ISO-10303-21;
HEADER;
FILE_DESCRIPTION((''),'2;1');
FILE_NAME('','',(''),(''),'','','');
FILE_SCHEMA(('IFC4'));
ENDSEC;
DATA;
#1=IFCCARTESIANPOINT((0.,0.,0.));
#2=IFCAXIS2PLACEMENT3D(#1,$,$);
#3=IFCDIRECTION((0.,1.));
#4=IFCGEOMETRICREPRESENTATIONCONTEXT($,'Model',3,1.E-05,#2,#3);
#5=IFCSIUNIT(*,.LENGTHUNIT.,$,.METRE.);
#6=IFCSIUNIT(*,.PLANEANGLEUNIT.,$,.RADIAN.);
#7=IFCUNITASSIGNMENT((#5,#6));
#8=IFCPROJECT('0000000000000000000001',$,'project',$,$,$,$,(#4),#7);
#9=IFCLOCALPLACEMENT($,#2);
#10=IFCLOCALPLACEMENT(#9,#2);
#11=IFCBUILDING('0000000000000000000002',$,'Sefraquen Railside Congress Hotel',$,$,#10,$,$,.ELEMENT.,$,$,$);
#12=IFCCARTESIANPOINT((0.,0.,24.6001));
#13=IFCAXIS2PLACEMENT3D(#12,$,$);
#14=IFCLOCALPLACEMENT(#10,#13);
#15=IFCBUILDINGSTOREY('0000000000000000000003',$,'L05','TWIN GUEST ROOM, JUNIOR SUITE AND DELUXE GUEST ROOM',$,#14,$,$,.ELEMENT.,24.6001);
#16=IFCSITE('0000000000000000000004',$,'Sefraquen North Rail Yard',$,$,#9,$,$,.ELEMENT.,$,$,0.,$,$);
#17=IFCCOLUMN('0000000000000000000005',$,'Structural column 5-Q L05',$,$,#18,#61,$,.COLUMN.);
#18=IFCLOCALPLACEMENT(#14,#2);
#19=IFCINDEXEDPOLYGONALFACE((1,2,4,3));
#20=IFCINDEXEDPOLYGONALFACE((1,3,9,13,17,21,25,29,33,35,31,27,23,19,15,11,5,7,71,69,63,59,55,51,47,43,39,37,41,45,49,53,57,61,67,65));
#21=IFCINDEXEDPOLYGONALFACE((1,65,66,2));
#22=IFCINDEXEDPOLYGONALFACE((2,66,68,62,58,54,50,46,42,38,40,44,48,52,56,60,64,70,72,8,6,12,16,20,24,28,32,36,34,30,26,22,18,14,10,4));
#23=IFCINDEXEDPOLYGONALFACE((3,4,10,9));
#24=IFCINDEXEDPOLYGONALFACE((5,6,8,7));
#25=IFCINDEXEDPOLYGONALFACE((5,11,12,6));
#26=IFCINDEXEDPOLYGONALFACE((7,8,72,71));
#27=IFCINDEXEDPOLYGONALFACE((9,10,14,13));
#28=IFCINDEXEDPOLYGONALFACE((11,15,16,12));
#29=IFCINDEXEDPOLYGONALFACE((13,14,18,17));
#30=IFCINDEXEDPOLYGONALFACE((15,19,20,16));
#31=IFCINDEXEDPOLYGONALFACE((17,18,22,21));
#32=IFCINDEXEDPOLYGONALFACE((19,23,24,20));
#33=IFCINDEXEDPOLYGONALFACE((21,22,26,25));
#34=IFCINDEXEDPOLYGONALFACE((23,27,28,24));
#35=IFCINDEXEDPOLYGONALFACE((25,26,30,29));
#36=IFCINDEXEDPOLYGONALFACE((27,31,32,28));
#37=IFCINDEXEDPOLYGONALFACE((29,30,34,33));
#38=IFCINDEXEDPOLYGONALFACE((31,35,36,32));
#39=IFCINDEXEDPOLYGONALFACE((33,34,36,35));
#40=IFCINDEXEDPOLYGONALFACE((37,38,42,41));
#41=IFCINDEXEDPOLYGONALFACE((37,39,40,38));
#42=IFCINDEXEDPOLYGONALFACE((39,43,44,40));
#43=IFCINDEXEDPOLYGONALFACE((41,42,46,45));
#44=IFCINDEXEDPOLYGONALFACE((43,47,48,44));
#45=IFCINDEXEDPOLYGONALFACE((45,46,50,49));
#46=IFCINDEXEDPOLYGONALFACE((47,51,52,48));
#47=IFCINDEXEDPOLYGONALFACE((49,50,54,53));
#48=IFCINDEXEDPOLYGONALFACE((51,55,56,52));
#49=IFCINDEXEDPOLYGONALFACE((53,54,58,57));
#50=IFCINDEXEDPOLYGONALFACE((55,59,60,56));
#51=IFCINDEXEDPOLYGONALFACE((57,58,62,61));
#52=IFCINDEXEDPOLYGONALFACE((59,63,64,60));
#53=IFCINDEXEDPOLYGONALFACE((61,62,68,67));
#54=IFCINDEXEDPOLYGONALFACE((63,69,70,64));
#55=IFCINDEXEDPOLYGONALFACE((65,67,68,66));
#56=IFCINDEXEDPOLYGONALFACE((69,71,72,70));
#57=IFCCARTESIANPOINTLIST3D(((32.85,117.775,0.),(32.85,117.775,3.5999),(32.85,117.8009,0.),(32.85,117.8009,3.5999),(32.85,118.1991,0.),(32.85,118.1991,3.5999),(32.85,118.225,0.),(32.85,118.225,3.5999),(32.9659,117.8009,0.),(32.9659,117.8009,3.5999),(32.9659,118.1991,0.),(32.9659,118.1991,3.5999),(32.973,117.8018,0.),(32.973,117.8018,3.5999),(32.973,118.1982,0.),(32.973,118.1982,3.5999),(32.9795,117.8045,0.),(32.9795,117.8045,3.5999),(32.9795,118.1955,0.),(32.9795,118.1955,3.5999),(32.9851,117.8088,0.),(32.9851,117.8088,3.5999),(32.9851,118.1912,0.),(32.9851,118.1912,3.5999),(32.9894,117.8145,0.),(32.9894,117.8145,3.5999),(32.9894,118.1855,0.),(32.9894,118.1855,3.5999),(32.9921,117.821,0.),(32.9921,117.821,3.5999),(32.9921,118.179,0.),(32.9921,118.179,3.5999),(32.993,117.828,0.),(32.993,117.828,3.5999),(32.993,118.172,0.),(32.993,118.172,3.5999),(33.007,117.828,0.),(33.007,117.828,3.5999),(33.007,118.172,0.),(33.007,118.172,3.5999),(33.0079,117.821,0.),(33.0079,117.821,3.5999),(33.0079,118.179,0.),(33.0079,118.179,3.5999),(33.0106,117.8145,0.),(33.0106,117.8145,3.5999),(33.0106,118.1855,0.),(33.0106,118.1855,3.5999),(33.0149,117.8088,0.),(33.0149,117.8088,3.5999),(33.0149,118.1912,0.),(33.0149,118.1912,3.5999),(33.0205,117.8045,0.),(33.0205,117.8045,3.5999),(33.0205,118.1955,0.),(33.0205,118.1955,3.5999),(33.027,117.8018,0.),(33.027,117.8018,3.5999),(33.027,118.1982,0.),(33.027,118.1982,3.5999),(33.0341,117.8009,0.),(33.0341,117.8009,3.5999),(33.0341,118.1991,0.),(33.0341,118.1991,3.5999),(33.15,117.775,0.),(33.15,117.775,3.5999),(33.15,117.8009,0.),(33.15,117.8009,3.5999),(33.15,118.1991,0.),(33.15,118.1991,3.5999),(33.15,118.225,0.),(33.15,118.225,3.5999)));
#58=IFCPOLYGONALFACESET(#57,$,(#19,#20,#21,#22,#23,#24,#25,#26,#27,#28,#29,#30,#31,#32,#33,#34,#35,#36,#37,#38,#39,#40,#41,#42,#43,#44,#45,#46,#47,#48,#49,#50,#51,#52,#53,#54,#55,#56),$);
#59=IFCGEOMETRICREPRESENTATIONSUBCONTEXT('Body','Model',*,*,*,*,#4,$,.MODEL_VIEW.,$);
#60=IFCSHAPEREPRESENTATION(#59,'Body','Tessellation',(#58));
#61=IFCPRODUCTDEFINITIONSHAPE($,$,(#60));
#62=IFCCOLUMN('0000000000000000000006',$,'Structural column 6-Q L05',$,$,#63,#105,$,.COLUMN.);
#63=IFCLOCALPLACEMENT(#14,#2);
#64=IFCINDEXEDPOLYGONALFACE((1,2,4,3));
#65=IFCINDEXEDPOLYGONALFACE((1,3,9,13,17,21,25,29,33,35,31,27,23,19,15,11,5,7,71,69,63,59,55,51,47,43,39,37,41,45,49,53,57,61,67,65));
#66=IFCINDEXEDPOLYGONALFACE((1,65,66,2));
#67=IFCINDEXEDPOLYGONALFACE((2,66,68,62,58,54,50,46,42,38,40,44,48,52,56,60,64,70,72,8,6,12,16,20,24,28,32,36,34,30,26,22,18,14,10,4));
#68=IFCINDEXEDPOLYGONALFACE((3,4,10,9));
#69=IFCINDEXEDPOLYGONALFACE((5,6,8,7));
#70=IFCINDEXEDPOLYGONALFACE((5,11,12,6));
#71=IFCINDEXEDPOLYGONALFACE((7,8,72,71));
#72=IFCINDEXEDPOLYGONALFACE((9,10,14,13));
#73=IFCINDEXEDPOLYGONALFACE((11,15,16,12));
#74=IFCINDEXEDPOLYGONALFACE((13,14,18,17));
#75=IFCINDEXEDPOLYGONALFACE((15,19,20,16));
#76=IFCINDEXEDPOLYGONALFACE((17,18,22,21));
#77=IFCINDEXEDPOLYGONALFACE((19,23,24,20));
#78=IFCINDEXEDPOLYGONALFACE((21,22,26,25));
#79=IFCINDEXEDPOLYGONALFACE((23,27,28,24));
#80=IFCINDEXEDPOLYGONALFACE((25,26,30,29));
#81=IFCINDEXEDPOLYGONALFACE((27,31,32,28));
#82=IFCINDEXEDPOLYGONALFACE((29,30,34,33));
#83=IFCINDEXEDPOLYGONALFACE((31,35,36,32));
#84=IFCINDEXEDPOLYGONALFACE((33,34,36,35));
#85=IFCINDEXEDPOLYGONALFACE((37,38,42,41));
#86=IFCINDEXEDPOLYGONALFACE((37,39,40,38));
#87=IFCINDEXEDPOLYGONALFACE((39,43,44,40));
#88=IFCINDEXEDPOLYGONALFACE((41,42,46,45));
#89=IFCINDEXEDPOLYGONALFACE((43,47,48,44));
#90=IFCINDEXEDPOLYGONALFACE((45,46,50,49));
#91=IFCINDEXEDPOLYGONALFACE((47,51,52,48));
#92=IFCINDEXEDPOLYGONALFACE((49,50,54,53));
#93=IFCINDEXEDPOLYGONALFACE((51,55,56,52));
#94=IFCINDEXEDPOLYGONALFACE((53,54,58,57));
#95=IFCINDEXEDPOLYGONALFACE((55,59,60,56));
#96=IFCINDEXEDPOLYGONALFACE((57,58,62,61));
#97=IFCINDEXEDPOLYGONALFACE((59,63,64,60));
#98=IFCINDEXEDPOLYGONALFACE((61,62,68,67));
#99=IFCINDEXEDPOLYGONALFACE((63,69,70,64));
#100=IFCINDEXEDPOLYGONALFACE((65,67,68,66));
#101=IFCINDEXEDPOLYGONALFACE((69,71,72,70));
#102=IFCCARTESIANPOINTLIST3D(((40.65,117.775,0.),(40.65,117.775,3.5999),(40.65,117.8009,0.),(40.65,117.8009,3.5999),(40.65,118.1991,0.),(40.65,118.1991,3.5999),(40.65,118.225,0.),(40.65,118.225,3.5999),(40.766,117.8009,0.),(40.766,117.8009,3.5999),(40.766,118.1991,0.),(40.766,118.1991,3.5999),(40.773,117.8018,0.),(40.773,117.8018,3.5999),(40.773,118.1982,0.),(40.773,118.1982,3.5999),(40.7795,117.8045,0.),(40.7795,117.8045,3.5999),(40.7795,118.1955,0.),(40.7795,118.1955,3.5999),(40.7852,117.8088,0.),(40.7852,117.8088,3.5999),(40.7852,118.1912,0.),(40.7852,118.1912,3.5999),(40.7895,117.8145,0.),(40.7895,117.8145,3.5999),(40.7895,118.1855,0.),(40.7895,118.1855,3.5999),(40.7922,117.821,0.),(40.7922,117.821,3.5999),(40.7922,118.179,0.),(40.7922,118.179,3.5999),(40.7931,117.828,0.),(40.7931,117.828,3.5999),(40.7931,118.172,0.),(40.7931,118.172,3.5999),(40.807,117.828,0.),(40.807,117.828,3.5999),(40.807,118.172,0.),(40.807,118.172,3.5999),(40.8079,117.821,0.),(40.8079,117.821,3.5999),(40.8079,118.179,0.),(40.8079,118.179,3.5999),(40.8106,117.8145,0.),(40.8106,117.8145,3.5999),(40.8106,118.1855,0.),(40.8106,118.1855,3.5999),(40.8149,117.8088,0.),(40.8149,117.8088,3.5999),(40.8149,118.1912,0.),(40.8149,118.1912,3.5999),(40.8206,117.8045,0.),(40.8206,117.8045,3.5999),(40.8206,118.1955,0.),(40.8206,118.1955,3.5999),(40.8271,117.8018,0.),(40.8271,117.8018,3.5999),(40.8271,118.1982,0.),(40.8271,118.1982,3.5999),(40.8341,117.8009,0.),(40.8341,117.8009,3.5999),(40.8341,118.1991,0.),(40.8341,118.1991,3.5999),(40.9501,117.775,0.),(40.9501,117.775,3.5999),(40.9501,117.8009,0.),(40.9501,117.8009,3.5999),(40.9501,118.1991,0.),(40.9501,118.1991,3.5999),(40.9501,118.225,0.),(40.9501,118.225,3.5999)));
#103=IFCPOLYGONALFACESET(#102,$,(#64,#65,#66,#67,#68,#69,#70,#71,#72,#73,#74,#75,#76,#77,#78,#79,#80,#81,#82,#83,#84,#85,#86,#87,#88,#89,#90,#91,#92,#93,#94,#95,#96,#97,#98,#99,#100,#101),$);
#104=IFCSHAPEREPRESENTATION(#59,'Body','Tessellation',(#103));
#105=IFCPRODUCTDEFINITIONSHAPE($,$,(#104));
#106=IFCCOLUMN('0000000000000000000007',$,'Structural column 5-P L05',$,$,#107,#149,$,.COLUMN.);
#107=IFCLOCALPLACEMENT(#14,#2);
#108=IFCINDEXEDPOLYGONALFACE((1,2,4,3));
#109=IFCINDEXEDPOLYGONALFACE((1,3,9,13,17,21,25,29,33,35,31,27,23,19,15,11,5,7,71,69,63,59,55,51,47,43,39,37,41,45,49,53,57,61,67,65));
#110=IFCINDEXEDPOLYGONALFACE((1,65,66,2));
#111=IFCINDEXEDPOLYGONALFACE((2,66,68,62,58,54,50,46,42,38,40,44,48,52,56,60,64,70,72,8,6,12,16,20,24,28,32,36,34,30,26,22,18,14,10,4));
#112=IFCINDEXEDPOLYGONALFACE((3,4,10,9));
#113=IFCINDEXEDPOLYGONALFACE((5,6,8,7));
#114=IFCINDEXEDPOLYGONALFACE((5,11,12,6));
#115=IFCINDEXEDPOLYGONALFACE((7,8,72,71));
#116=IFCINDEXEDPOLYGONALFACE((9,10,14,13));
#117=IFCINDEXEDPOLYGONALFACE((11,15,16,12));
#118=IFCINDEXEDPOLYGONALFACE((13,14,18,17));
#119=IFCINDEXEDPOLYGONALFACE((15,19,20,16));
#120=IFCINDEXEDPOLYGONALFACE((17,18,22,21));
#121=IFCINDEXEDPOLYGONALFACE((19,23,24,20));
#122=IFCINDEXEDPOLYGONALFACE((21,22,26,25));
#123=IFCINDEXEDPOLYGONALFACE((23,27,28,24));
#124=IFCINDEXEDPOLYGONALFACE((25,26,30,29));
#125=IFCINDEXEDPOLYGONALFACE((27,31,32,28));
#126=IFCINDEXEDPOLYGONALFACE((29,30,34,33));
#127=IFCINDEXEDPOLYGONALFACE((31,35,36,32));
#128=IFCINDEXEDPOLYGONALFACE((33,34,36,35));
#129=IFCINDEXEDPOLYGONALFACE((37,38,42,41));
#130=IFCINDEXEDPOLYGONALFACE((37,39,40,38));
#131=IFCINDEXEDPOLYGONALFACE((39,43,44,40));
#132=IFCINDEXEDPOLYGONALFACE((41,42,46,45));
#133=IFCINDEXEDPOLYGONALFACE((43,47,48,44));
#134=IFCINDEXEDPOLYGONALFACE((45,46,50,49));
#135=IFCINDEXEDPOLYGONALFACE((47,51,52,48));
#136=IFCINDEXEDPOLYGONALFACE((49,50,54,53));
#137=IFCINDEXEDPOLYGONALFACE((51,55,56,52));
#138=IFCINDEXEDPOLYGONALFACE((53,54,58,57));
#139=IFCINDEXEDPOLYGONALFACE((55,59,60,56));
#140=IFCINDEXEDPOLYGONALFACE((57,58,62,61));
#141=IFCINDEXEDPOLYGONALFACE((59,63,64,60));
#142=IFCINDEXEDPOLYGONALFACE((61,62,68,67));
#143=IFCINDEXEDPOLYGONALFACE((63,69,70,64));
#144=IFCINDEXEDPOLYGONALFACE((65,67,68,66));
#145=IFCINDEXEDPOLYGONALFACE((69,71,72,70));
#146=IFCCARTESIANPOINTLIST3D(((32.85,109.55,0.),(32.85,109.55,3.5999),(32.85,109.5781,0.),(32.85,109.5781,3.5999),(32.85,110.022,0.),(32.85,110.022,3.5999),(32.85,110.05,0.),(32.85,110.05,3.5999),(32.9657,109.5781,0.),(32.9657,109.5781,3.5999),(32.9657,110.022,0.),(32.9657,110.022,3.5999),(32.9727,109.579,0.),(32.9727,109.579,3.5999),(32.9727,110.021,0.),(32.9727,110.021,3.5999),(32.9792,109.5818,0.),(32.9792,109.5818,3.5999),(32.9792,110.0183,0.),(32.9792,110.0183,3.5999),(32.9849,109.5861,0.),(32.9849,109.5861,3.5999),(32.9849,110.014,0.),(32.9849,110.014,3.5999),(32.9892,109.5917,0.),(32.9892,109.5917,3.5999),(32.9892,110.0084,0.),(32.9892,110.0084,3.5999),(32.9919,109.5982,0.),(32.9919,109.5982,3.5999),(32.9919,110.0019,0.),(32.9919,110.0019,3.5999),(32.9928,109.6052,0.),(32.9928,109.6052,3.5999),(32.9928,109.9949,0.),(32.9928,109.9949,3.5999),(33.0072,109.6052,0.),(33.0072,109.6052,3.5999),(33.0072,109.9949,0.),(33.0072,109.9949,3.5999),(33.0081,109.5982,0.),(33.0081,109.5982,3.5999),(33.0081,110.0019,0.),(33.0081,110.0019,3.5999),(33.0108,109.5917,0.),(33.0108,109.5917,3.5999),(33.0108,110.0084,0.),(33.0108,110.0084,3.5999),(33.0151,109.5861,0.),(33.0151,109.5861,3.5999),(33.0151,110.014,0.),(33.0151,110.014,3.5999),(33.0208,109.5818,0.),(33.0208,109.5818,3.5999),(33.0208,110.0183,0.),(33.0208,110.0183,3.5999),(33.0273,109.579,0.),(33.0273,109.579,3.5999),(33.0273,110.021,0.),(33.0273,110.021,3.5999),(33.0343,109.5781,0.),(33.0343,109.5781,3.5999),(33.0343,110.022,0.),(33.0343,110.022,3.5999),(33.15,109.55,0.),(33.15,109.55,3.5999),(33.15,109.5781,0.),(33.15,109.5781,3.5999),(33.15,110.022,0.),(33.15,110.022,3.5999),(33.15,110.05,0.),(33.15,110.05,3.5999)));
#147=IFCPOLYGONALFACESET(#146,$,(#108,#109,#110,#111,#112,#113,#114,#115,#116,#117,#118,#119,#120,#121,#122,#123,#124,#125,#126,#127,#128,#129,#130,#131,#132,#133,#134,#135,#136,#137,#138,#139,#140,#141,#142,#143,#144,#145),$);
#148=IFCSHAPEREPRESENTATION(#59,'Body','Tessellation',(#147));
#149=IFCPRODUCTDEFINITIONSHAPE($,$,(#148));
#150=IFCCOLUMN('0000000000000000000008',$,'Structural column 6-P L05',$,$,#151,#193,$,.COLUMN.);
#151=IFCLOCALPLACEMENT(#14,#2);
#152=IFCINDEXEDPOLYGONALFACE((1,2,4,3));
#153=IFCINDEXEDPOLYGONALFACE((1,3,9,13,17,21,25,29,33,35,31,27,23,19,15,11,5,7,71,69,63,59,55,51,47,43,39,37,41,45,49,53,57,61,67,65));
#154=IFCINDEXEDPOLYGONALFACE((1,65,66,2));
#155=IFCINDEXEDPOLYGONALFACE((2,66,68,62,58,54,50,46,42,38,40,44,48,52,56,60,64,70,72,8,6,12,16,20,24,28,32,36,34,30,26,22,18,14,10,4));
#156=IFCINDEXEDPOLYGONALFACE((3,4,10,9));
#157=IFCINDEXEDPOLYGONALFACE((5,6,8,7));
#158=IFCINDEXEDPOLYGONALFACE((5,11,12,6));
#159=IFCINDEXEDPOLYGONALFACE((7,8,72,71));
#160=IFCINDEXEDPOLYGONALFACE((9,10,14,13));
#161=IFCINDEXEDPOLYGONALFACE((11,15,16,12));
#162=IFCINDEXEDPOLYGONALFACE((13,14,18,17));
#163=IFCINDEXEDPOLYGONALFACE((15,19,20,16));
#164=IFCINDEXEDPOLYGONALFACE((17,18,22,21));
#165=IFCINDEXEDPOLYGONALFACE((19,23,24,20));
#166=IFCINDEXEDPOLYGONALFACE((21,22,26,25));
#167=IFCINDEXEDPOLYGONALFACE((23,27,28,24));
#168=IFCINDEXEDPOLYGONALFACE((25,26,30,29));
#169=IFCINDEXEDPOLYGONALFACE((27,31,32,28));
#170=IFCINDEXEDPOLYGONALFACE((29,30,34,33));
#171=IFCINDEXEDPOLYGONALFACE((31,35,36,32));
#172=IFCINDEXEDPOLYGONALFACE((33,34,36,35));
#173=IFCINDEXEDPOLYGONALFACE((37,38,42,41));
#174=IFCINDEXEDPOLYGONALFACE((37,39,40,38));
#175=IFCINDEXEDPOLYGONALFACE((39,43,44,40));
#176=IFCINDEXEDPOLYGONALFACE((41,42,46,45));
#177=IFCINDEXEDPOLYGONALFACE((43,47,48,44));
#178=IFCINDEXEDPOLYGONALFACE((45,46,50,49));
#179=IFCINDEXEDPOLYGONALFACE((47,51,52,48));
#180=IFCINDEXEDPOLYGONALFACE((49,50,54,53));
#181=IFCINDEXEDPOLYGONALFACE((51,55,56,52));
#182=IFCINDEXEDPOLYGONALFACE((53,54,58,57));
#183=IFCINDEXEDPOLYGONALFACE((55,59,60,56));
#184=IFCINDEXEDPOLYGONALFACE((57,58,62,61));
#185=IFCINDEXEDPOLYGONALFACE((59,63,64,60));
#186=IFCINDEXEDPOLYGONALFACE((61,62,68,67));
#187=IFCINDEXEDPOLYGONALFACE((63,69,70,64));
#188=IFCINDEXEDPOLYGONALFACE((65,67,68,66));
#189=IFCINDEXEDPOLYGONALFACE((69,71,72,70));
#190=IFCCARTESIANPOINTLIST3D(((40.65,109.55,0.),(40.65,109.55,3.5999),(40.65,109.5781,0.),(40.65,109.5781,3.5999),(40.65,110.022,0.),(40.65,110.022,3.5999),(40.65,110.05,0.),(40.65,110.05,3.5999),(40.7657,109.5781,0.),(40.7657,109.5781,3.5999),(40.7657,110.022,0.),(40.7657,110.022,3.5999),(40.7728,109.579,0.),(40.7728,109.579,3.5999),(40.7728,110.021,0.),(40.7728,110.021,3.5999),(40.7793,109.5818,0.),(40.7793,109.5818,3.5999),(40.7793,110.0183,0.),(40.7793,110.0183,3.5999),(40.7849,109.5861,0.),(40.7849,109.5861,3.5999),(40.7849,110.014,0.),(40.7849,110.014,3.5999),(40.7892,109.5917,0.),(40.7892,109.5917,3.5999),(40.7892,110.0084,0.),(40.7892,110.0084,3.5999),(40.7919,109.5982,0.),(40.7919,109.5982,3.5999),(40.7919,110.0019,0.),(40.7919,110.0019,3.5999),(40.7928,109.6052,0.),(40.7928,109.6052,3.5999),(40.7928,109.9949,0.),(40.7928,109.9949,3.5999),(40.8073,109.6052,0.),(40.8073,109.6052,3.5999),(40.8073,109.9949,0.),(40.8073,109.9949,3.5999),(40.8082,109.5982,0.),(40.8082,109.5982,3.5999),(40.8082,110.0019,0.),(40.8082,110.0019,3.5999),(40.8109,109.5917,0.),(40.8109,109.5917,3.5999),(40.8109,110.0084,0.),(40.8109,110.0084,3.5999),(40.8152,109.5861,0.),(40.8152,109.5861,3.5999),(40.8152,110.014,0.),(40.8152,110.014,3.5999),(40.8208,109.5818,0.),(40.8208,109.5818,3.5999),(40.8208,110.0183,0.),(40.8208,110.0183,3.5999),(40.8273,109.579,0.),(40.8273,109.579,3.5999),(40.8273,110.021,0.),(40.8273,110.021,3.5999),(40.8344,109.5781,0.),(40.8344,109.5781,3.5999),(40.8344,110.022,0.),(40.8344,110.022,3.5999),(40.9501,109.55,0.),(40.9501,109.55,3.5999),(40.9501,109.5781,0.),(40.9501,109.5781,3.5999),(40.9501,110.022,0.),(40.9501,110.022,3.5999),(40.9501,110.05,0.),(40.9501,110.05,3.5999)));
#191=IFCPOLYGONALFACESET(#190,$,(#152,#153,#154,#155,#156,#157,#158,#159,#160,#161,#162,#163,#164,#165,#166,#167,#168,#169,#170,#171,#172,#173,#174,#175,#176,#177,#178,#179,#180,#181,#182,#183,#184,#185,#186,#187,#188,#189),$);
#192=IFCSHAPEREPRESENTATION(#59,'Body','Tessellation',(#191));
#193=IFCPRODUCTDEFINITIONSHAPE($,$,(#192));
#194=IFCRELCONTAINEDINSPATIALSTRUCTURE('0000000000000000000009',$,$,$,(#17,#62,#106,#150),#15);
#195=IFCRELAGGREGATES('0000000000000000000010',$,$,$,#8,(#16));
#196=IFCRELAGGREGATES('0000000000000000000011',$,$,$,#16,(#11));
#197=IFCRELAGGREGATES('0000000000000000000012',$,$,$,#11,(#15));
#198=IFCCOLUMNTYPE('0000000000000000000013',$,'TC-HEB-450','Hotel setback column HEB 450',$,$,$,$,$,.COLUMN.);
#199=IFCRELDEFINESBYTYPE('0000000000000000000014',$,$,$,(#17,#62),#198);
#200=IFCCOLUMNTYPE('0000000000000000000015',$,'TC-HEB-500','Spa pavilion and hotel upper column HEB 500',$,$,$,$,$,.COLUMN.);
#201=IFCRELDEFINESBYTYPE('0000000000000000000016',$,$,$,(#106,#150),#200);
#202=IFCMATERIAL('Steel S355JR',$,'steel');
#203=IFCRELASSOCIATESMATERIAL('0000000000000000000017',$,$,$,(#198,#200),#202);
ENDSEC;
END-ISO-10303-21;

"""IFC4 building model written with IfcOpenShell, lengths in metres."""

from ifc_helpers import new_model, si_unit, direction, frame, origin, origin_2d, place, context, subcontext, project, spatial, i_section, extrude, material, material_profile, profile_set, type_object, element, save


model = new_model("IFC4")

# Units and contexts
model_context = context("Model", 3, precision=1e-05, world=origin(), true_north=direction((0.0, 1.0)))
body_context = subcontext(model_context, "Body", "Model", "MODEL_VIEW")
ifc_project = project(units=[si_unit("LENGTHUNIT", "METRE"), si_unit("PLANEANGLEUNIT", "RADIAN")], contexts=[model_context])

# Site, building, storey
site_placement = place(None, origin())
site = spatial("IfcSite", under=ifc_project, at=site_placement, Name="Sefraquen North Rail Yard", CompositionType="ELEMENT", RefElevation=0.0)
building_placement = place(site_placement, origin())
building = spatial("IfcBuilding", under=site, at=building_placement, Name="Sefraquen Railside Congress Hotel", CompositionType="ELEMENT")
storey_placement = place(building_placement, frame((0.0, 0.0, 24.6001)))
storey = spatial("IfcBuildingStorey", under=building, at=storey_placement, Name="L05", Description="TWIN GUEST ROOM, JUNIOR SUITE AND DELUXE GUEST ROOM", CompositionType="ELEMENT", Elevation=24.6001)

# Columns
ifc_material_1 = material(Name="Steel S355JR", Category="steel")
ifc_material_profile_1 = material_profile(ifc_material_1, i_section(OverallWidth=0.3, OverallDepth=0.45, WebThickness=0.0139, FlangeThickness=0.0259, FilletRadius=0.0271, at=origin_2d()), Name="HEB 450")
ifc_profile_set_1 = profile_set([ifc_material_profile_1], Name="Steel S355JR")
column_type_1 = type_object("IfcColumnType", Name="TC-HEB-450", Description="Hotel setback column HEB 450", PredefinedType="COLUMN", material=ifc_profile_set_1)
for number, where, z_axis, x_axis, name in (
    (1, (33.0, 118.0, 0.0), (0.0, 0.0, 1.0), (1.0, 0.0, 0.0), "Structural column 5-Q L05"),
    (2, (40.8, 118.0, 0.0), (0.0, 0.0, 1.0), (1.0, 0.0, 0.0), "Structural column 6-Q L05"),
):
    element("IfcColumn", number, at=place(storey_placement, frame(where, z_axis=z_axis, x_axis=x_axis)), inside=storey, type_object=column_type_1, Name=name, PredefinedType="COLUMN", context=body_context, shape_type="SweptSolid", body=[
        extrude(i_section(OverallWidth=0.3, OverallDepth=0.45, WebThickness=0.0139, FlangeThickness=0.0259, FilletRadius=0.0271, at=origin_2d()), origin(), (0.0, 0.0, 1.0), 3.5999),
    ])
ifc_material_profile_2 = material_profile(ifc_material_1, i_section(OverallWidth=0.3, OverallDepth=0.5, WebThickness=0.0144, FlangeThickness=0.0281, FilletRadius=0.0271, at=origin_2d()), Name="HEB 500")
ifc_profile_set_2 = profile_set([ifc_material_profile_2], Name="Steel S355JR")
column_type_2 = type_object("IfcColumnType", Name="TC-HEB-500", Description="Spa pavilion and hotel upper column HEB 500", PredefinedType="COLUMN", material=ifc_profile_set_2)
for number, where, z_axis, x_axis, name in (
    (3, (33.0, 109.8, 0.0), (0.0, 0.0, 1.0), (1.0, 0.0, 0.0), "Structural column 5-P L05"),
    (4, (40.8, 109.8, 0.0), (0.0, 0.0, 1.0), (1.0, 0.0, 0.0), "Structural column 6-P L05"),
):
    element("IfcColumn", number, at=place(storey_placement, frame(where, z_axis=z_axis, x_axis=x_axis)), inside=storey, type_object=column_type_2, Name=name, PredefinedType="COLUMN", context=body_context, shape_type="SweptSolid", body=[
        extrude(i_section(OverallWidth=0.3, OverallDepth=0.5, WebThickness=0.0144, FlangeThickness=0.0281, FilletRadius=0.0271, at=origin_2d()), origin(), (0.0, 0.0, 1.0), 3.5999),
    ])

save(model, "model.ifc")
